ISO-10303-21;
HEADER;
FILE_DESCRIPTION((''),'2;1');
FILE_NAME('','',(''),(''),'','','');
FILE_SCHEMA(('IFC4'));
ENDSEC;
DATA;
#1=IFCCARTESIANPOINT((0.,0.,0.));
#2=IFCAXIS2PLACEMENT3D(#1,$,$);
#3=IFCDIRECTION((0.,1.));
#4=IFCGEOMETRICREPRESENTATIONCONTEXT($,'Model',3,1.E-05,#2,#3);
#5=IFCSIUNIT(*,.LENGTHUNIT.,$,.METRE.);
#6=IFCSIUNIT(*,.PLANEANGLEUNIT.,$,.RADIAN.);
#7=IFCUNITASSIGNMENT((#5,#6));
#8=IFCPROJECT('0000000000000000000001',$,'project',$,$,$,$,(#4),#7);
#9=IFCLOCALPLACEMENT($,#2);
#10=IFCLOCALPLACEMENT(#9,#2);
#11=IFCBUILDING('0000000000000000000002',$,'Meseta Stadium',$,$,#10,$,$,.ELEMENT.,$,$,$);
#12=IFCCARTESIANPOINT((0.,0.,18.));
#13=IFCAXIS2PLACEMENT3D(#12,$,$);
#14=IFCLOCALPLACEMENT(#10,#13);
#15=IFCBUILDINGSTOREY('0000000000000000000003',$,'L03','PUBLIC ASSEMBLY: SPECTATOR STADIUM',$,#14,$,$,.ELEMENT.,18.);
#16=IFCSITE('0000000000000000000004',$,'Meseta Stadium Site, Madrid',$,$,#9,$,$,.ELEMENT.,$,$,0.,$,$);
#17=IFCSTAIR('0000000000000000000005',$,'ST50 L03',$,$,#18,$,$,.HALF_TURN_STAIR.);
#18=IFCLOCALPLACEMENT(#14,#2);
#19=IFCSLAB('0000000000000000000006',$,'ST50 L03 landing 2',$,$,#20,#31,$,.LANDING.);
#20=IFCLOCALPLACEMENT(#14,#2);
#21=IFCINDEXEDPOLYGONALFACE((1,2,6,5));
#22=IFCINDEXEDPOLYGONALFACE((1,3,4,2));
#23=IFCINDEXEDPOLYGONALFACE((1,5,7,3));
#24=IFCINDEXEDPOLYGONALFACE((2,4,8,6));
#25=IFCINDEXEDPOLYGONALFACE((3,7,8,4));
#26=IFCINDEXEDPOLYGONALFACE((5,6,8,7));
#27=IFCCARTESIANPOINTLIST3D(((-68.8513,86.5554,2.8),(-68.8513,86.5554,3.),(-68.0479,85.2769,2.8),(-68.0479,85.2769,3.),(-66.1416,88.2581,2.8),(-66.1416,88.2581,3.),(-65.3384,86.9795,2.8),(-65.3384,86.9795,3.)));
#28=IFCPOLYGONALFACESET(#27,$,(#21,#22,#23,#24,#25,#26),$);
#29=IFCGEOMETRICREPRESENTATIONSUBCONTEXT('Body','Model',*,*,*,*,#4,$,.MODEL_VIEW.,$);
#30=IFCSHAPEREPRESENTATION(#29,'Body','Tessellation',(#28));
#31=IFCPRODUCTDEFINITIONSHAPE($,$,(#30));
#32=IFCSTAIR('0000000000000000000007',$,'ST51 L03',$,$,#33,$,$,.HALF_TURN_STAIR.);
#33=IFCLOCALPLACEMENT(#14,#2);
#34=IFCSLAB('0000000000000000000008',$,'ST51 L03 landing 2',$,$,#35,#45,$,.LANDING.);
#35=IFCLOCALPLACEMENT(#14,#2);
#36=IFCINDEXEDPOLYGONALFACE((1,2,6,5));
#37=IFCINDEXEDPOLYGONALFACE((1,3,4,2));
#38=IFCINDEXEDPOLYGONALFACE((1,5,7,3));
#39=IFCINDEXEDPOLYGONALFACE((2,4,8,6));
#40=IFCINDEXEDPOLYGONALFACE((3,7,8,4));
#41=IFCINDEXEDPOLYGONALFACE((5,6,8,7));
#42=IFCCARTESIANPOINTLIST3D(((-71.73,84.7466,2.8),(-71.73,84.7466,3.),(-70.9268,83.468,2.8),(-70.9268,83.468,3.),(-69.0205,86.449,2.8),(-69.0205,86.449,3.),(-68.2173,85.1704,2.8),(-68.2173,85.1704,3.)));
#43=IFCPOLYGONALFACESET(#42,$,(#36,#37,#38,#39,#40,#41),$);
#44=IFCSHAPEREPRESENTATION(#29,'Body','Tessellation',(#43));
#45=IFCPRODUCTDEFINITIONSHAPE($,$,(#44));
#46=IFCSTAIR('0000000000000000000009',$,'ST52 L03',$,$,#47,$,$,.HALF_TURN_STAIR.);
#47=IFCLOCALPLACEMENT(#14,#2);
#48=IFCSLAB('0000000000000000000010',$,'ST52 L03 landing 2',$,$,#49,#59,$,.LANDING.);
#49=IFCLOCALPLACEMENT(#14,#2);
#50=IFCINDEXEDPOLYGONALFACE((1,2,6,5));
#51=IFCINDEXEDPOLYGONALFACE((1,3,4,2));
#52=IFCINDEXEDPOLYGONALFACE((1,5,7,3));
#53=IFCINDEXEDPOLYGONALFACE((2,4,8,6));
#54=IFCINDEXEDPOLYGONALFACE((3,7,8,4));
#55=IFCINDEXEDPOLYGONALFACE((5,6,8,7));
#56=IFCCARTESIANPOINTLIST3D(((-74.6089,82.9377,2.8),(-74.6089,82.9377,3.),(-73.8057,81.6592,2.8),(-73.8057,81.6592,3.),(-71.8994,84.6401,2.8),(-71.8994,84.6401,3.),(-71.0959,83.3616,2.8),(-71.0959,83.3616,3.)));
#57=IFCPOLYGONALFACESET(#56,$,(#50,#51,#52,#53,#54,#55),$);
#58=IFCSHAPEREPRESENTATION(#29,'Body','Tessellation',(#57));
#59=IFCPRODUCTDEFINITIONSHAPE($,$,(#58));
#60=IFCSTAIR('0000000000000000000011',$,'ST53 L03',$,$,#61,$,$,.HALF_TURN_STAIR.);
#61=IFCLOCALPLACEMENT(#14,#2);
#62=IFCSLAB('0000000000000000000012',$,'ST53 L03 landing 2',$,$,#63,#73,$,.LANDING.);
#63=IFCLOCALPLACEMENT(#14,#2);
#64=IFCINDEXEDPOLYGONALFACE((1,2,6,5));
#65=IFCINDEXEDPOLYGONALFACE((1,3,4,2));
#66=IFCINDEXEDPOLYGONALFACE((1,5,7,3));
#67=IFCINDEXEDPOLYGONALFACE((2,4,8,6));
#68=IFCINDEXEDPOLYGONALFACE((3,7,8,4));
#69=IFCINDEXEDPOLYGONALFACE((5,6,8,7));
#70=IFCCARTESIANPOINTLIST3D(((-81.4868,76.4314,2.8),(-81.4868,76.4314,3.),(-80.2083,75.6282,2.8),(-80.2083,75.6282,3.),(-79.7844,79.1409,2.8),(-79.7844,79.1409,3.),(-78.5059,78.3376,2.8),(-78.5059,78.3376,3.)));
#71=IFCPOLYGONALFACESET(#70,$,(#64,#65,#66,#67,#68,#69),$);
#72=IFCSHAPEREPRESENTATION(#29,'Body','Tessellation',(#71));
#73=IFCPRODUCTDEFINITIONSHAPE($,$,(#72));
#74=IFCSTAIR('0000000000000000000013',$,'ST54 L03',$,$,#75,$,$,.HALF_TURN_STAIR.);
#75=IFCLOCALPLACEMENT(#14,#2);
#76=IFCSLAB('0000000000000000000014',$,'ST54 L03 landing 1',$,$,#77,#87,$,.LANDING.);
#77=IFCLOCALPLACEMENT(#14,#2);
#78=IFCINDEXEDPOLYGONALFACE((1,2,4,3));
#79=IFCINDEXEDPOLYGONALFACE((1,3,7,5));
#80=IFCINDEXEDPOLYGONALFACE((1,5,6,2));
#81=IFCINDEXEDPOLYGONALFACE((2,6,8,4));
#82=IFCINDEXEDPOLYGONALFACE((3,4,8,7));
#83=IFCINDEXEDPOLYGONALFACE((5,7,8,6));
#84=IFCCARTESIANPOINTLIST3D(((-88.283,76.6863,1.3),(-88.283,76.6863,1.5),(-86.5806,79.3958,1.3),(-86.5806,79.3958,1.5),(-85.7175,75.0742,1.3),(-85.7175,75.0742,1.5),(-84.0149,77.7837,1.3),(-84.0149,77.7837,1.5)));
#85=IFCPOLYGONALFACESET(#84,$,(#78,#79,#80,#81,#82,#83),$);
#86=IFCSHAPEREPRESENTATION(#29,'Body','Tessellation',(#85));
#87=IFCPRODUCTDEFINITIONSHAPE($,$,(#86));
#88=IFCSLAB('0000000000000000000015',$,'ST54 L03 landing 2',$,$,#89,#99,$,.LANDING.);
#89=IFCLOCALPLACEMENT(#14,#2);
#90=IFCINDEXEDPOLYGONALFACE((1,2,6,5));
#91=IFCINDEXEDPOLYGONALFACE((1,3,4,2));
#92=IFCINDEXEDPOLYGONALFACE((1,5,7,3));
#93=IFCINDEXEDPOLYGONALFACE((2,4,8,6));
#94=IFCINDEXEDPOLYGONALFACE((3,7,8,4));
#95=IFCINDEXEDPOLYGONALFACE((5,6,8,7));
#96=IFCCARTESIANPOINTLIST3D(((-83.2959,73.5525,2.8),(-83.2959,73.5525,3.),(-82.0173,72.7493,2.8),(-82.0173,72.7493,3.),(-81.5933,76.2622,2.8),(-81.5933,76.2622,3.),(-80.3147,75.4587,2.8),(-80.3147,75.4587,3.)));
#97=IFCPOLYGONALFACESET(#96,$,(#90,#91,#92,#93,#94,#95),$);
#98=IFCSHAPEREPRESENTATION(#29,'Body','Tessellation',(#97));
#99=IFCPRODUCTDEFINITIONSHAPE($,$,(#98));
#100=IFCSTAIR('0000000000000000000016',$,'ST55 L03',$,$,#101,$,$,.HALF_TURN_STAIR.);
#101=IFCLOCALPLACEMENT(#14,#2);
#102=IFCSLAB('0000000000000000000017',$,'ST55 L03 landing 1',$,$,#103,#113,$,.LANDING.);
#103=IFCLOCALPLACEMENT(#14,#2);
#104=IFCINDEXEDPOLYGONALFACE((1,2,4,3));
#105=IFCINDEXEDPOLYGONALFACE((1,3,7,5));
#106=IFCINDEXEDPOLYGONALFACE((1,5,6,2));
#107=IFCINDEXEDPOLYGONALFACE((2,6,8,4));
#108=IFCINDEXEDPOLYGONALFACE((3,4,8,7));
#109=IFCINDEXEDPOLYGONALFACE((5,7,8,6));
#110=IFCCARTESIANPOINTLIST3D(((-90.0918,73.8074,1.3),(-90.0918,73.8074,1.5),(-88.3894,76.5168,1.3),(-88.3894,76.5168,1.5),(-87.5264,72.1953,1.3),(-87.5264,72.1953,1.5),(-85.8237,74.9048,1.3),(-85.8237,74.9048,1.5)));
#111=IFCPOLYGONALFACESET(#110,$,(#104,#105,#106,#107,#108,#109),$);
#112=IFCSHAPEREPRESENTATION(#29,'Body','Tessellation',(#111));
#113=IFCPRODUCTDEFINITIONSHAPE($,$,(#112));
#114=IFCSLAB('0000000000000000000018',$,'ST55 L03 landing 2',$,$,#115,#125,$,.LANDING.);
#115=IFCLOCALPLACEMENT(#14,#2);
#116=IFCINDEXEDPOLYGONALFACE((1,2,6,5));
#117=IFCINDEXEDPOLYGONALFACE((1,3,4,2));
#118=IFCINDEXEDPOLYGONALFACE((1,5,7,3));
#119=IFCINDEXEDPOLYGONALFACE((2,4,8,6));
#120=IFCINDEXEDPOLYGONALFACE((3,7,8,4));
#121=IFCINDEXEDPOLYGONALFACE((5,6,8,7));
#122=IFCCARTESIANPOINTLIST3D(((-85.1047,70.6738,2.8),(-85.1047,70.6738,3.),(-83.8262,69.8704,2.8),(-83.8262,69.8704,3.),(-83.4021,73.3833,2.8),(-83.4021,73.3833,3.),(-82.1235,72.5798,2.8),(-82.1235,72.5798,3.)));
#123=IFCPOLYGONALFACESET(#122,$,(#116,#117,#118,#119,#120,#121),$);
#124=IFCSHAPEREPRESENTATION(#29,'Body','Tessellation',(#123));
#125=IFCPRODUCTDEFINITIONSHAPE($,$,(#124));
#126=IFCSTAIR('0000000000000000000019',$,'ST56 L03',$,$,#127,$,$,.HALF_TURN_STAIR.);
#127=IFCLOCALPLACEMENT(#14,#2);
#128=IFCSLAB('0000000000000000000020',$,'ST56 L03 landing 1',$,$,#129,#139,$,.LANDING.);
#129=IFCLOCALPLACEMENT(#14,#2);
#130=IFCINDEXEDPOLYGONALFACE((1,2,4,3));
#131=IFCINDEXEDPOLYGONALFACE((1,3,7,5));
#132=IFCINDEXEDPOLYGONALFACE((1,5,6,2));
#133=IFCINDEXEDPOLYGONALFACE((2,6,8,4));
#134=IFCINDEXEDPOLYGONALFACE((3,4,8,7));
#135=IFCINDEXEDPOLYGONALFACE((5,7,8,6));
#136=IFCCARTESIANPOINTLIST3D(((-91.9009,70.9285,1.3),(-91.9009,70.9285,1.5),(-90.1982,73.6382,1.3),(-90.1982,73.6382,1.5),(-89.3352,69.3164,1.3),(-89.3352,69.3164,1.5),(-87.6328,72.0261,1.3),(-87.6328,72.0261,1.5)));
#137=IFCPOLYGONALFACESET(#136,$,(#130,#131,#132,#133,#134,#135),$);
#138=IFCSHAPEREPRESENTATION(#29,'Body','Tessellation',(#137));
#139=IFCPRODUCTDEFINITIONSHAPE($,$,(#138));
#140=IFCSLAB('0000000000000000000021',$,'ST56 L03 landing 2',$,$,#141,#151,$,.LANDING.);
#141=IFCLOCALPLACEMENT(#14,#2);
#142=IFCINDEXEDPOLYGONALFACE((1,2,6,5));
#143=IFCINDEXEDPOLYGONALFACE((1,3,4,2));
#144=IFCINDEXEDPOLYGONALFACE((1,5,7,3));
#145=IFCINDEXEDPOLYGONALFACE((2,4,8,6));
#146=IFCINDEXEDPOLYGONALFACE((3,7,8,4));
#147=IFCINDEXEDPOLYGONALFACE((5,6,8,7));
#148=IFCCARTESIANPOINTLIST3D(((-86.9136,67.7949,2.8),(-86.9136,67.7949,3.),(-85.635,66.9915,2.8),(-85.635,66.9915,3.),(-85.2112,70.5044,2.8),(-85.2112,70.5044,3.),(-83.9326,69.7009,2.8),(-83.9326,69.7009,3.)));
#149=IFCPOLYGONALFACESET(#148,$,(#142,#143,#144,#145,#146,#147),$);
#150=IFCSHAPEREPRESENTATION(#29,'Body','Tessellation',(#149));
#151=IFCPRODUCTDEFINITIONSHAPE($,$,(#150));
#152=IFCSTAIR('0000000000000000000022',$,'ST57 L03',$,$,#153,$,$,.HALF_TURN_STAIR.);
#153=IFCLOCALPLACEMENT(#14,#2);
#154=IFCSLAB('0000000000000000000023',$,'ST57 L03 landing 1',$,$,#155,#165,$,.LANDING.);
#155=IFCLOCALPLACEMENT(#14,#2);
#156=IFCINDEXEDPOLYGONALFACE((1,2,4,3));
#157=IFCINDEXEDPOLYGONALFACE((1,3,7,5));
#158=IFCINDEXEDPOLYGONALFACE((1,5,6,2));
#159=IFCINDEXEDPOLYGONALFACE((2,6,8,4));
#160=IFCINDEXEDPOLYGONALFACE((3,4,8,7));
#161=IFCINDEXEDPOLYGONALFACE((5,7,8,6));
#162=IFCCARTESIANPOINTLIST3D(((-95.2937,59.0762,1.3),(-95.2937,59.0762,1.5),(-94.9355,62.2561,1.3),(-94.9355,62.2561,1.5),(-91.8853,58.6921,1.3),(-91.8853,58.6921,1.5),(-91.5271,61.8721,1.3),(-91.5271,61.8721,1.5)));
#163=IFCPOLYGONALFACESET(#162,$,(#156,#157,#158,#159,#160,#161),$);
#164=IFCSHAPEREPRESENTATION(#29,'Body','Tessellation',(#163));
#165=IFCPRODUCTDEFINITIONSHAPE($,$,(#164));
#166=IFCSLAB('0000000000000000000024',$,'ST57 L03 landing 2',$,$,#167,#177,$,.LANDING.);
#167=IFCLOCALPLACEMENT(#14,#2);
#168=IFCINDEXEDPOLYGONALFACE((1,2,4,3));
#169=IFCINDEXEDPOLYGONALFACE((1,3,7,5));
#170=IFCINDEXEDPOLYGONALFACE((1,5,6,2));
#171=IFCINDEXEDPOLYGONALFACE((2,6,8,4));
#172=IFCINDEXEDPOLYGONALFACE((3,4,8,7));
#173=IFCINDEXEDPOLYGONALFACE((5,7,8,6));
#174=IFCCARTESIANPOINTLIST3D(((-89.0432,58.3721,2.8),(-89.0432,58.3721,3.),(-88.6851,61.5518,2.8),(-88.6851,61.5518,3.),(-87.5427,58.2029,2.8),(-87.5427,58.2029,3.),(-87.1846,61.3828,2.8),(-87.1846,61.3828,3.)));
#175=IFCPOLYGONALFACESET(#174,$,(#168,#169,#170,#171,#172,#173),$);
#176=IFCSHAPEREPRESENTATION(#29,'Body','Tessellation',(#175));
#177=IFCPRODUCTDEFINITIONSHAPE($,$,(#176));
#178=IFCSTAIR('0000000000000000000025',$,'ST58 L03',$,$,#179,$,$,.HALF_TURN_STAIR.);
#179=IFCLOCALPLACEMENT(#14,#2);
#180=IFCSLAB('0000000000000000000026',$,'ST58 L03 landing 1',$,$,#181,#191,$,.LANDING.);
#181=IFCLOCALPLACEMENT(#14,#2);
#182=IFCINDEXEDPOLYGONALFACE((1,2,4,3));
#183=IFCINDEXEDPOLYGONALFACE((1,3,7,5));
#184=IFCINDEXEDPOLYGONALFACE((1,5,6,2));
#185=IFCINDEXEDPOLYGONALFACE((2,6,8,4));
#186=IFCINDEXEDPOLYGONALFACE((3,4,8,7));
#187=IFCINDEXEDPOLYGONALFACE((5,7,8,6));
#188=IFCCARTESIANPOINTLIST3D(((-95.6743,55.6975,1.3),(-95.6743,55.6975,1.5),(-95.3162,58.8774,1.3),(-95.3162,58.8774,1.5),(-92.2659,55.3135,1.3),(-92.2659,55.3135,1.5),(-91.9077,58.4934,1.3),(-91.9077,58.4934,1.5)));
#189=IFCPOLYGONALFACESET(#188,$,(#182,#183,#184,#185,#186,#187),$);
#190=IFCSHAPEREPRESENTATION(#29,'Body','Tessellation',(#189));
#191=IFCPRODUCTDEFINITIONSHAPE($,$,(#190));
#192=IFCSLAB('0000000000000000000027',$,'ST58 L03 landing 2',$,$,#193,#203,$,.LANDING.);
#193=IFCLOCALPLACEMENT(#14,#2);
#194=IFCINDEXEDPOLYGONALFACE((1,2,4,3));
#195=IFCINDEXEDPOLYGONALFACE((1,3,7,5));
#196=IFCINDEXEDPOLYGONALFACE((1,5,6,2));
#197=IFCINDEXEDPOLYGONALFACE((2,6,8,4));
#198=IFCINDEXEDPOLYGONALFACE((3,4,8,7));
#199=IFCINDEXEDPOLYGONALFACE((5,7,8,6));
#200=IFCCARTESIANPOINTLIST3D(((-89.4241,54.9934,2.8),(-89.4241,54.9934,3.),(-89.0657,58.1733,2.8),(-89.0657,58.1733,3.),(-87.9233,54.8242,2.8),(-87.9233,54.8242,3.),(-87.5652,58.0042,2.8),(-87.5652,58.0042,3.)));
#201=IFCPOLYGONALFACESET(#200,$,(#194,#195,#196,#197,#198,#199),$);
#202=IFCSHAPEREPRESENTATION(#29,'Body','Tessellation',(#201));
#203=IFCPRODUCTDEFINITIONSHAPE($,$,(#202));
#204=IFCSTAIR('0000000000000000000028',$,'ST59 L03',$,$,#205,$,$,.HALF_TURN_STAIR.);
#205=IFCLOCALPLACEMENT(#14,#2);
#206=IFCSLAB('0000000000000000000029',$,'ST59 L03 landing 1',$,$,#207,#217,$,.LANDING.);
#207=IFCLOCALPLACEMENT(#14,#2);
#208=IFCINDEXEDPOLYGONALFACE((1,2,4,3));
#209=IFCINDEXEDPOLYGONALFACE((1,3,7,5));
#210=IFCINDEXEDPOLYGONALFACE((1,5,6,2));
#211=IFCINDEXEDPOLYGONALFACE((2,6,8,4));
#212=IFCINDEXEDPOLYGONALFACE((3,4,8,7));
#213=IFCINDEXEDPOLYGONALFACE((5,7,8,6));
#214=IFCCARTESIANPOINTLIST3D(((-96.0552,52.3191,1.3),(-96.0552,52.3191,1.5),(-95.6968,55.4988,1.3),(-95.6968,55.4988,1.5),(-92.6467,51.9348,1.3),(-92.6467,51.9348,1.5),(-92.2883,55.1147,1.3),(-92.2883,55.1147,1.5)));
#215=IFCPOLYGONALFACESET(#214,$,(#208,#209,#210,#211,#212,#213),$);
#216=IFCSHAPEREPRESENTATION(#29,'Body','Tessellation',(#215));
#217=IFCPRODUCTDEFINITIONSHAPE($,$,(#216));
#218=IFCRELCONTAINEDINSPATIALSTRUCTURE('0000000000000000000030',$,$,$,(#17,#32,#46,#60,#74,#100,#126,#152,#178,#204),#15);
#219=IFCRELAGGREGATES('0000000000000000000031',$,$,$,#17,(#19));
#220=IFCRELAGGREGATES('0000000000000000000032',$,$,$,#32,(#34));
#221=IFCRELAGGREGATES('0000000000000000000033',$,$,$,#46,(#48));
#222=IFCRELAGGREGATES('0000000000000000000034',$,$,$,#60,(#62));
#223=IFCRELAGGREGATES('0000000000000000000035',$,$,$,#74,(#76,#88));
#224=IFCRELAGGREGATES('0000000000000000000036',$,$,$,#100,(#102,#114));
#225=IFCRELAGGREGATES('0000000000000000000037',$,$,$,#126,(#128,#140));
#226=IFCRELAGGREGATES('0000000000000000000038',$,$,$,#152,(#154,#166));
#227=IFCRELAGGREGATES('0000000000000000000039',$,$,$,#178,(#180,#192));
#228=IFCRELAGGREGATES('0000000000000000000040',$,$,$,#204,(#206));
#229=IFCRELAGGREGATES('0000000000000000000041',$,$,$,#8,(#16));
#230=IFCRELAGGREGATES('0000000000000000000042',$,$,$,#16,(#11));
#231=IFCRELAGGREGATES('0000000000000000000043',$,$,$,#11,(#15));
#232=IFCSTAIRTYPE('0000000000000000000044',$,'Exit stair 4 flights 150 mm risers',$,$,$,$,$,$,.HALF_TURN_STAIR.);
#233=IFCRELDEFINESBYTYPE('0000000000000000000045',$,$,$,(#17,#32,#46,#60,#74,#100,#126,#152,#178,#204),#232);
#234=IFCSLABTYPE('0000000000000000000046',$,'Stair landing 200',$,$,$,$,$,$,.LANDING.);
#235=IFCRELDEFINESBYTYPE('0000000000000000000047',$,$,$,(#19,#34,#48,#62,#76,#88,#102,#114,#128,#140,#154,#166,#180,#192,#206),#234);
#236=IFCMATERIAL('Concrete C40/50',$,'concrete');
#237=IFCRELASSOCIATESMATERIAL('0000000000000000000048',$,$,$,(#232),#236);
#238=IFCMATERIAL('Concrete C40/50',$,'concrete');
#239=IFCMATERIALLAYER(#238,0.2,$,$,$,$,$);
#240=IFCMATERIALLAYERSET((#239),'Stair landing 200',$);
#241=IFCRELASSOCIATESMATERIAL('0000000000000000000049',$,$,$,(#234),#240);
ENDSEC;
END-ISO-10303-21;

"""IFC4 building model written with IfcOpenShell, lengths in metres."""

from ifc_helpers import new_model, si_unit, direction, frame, origin, place, context, subcontext, project, spatial, polyline, outline, extrude, material, layer, layer_set, type_object, element, aggregate, save


model = new_model("IFC4")

# Units and contexts
model_context = context("Model", 3, precision=1e-05, world=origin(), true_north=direction((0.0, 1.0)))
body_context = subcontext(model_context, "Body", "Model", "MODEL_VIEW")
ifc_project = project(units=[si_unit("LENGTHUNIT", "METRE"), si_unit("PLANEANGLEUNIT", "RADIAN")], contexts=[model_context])

# Site, building, storey
site_placement = place(None, origin())
site = spatial("IfcSite", under=ifc_project, at=site_placement, Name="Meseta Stadium Site, Madrid", CompositionType="ELEMENT", RefElevation=0.0)
building_placement = place(site_placement, origin())
building = spatial("IfcBuilding", under=site, at=building_placement, Name="Meseta Stadium", CompositionType="ELEMENT")
storey_placement = place(building_placement, frame((0.0, 0.0, 18.0)))
storey = spatial("IfcBuildingStorey", under=building, at=storey_placement, Name="L03", Description="PUBLIC ASSEMBLY: SPECTATOR STADIUM", CompositionType="ELEMENT", Elevation=18.0)

# Stairs, slabs
ifc_material_1 = material(Name="Concrete C40/50", Category="concrete")
stair_type = type_object("IfcStairType", Name="Exit stair 4 flights 150 mm risers", PredefinedType="HALF_TURN_STAIR", material=ifc_material_1)
stair_1_placement = place(storey_placement, origin())
stair_1 = element("IfcStair", 1, at=stair_1_placement, inside=storey, type_object=stair_type, Name="ST50 L03", PredefinedType="HALF_TURN_STAIR")
ifc_material_2 = material(Name="Concrete C40/50", Category="concrete")
ifc_layer = layer(ifc_material_2, 0.2)
ifc_layer_set = layer_set([ifc_layer], Name="Stair landing 200")
slab_type = type_object("IfcSlabType", Name="Stair landing 200", PredefinedType="LANDING", material=ifc_layer_set)
slab_1_placement = place(storey_placement, frame((0.0, 0.0, 2.8)))
slab_1 = element("IfcSlab", 2, at=slab_1_placement, type_object=slab_type, Name="ST50 L03 landing 2", PredefinedType="LANDING", context=body_context, shape_type="SweptSolid", body=[
    extrude(outline(polyline([(-65.3384, 86.9795), (-66.1416, 88.2581), (-68.8513, 86.5554), (-68.0479, 85.2769), (-65.3384, 86.9795)])), origin(), (0.0, 0.0, 1.0), 0.2),
])
aggregate(stair_1, [slab_1])
stair_2_placement = place(storey_placement, origin())
stair_2 = element("IfcStair", 3, at=stair_2_placement, inside=storey, type_object=stair_type, Name="ST51 L03", PredefinedType="HALF_TURN_STAIR")
slab_2_placement = place(storey_placement, frame((0.0, 0.0, 2.8)))
slab_2 = element("IfcSlab", 4, at=slab_2_placement, type_object=slab_type, Name="ST51 L03 landing 2", PredefinedType="LANDING", context=body_context, shape_type="SweptSolid", body=[
    extrude(outline(polyline([(-68.2173, 85.1704), (-69.0205, 86.449), (-71.73, 84.7466), (-70.9268, 83.468), (-68.2173, 85.1704)])), origin(), (0.0, 0.0, 1.0), 0.2),
])
aggregate(stair_2, [slab_2])
stair_3_placement = place(storey_placement, origin())
stair_3 = element("IfcStair", 5, at=stair_3_placement, inside=storey, type_object=stair_type, Name="ST52 L03", PredefinedType="HALF_TURN_STAIR")
slab_3_placement = place(storey_placement, frame((0.0, 0.0, 2.8)))
slab_3 = element("IfcSlab", 6, at=slab_3_placement, type_object=slab_type, Name="ST52 L03 landing 2", PredefinedType="LANDING", context=body_context, shape_type="SweptSolid", body=[
    extrude(outline(polyline([(-71.0959, 83.3616), (-71.8994, 84.6401), (-74.6089, 82.9377), (-73.8057, 81.6592), (-71.0959, 83.3616)])), origin(), (0.0, 0.0, 1.0), 0.2),
])
aggregate(stair_3, [slab_3])
stair_4_placement = place(storey_placement, origin())
stair_4 = element("IfcStair", 7, at=stair_4_placement, inside=storey, type_object=stair_type, Name="ST53 L03", PredefinedType="HALF_TURN_STAIR")
slab_4_placement = place(storey_placement, frame((0.0, 0.0, 2.8)))
slab_4 = element("IfcSlab", 8, at=slab_4_placement, type_object=slab_type, Name="ST53 L03 landing 2", PredefinedType="LANDING", context=body_context, shape_type="SweptSolid", body=[
    extrude(outline(polyline([(-78.5059, 78.3376), (-79.7844, 79.1409), (-81.4868, 76.4314), (-80.2083, 75.6282), (-78.5059, 78.3376)])), origin(), (0.0, 0.0, 1.0), 0.2),
])
aggregate(stair_4, [slab_4])

# Stairs, slabs
stair_5_placement = place(storey_placement, origin())
stair_5 = element("IfcStair", 9, at=stair_5_placement, inside=storey, type_object=stair_type, Name="ST54 L03", PredefinedType="HALF_TURN_STAIR")
slab_5_placement = place(storey_placement, frame((0.0, 0.0, 1.3)))
slab_5 = element("IfcSlab", 10, at=slab_5_placement, type_object=slab_type, Name="ST54 L03 landing 1", PredefinedType="LANDING", context=body_context, shape_type="SweptSolid", body=[
    extrude(outline(polyline([(-84.0149, 77.7837), (-86.5806, 79.3958), (-88.283, 76.6863), (-85.7175, 75.0742), (-84.0149, 77.7837)])), origin(), (0.0, 0.0, 1.0), 0.2),
])
slab_6_placement = place(storey_placement, frame((0.0, 0.0, 2.8)))
slab_6 = element("IfcSlab", 11, at=slab_6_placement, type_object=slab_type, Name="ST54 L03 landing 2", PredefinedType="LANDING", context=body_context, shape_type="SweptSolid", body=[
    extrude(outline(polyline([(-80.3147, 75.4587), (-81.5933, 76.2622), (-83.2959, 73.5525), (-82.0173, 72.7493), (-80.3147, 75.4587)])), origin(), (0.0, 0.0, 1.0), 0.2),
])
aggregate(stair_5, [slab_5, slab_6])
stair_6_placement = place(storey_placement, origin())
stair_6 = element("IfcStair", 12, at=stair_6_placement, inside=storey, type_object=stair_type, Name="ST55 L03", PredefinedType="HALF_TURN_STAIR")
slab_7_placement = place(storey_placement, frame((0.0, 0.0, 1.3)))
slab_7 = element("IfcSlab", 13, at=slab_7_placement, type_object=slab_type, Name="ST55 L03 landing 1", PredefinedType="LANDING", context=body_context, shape_type="SweptSolid", body=[
    extrude(outline(polyline([(-85.8237, 74.9048), (-88.3894, 76.5168), (-90.0918, 73.8074), (-87.5264, 72.1953), (-85.8237, 74.9048)])), origin(), (0.0, 0.0, 1.0), 0.2),
])
slab_8_placement = place(storey_placement, frame((0.0, 0.0, 2.8)))
slab_8 = element("IfcSlab", 14, at=slab_8_placement, type_object=slab_type, Name="ST55 L03 landing 2", PredefinedType="LANDING", context=body_context, shape_type="SweptSolid", body=[
    extrude(outline(polyline([(-82.1235, 72.5798), (-83.4021, 73.3833), (-85.1047, 70.6738), (-83.8262, 69.8704), (-82.1235, 72.5798)])), origin(), (0.0, 0.0, 1.0), 0.2),
])
aggregate(stair_6, [slab_7, slab_8])
stair_7_placement = place(storey_placement, origin())
stair_7 = element("IfcStair", 15, at=stair_7_placement, inside=storey, type_object=stair_type, Name="ST56 L03", PredefinedType="HALF_TURN_STAIR")
slab_9_placement = place(storey_placement, frame((0.0, 0.0, 1.3)))
slab_9 = element("IfcSlab", 16, at=slab_9_placement, type_object=slab_type, Name="ST56 L03 landing 1", PredefinedType="LANDING", context=body_context, shape_type="SweptSolid", body=[
    extrude(outline(polyline([(-87.6328, 72.0261), (-90.1982, 73.6382), (-91.9009, 70.9285), (-89.3352, 69.3164), (-87.6328, 72.0261)])), origin(), (0.0, 0.0, 1.0), 0.2),
])
slab_10_placement = place(storey_placement, frame((0.0, 0.0, 2.8)))
slab_10 = element("IfcSlab", 17, at=slab_10_placement, type_object=slab_type, Name="ST56 L03 landing 2", PredefinedType="LANDING", context=body_context, shape_type="SweptSolid", body=[
    extrude(outline(polyline([(-83.9326, 69.7009), (-85.2112, 70.5044), (-86.9136, 67.7949), (-85.635, 66.9915), (-83.9326, 69.7009)])), origin(), (0.0, 0.0, 1.0), 0.2),
])
aggregate(stair_7, [slab_9, slab_10])
stair_8_placement = place(storey_placement, origin())
stair_8 = element("IfcStair", 18, at=stair_8_placement, inside=storey, type_object=stair_type, Name="ST57 L03", PredefinedType="HALF_TURN_STAIR")
slab_11_placement = place(storey_placement, frame((0.0, 0.0, 1.3)))
slab_11 = element("IfcSlab", 19, at=slab_11_placement, type_object=slab_type, Name="ST57 L03 landing 1", PredefinedType="LANDING", context=body_context, shape_type="SweptSolid", body=[
    extrude(outline(polyline([(-91.5271, 61.8721), (-94.9355, 62.2561), (-95.2937, 59.0762), (-91.8853, 58.6921), (-91.5271, 61.8721)])), origin(), (0.0, 0.0, 1.0), 0.2),
])
slab_12_placement = place(storey_placement, frame((0.0, 0.0, 2.8)))
slab_12 = element("IfcSlab", 20, at=slab_12_placement, type_object=slab_type, Name="ST57 L03 landing 2", PredefinedType="LANDING", context=body_context, shape_type="SweptSolid", body=[
    extrude(outline(polyline([(-87.1846, 61.3828), (-88.6851, 61.5518), (-89.0432, 58.3721), (-87.5427, 58.2029), (-87.1846, 61.3828)])), origin(), (0.0, 0.0, 1.0), 0.2),
])
aggregate(stair_8, [slab_11, slab_12])
stair_9_placement = place(storey_placement, origin())
stair_9 = element("IfcStair", 21, at=stair_9_placement, inside=storey, type_object=stair_type, Name="ST58 L03", PredefinedType="HALF_TURN_STAIR")
slab_13_placement = place(storey_placement, frame((0.0, 0.0, 1.3)))
slab_13 = element("IfcSlab", 22, at=slab_13_placement, type_object=slab_type, Name="ST58 L03 landing 1", PredefinedType="LANDING", context=body_context, shape_type="SweptSolid", body=[
    extrude(outline(polyline([(-91.9077, 58.4934), (-95.3162, 58.8774), (-95.6743, 55.6975), (-92.2659, 55.3135), (-91.9077, 58.4934)])), origin(), (0.0, 0.0, 1.0), 0.2),
])
slab_14_placement = place(storey_placement, frame((0.0, 0.0, 2.8)))
slab_14 = element("IfcSlab", 23, at=slab_14_placement, type_object=slab_type, Name="ST58 L03 landing 2", PredefinedType="LANDING", context=body_context, shape_type="SweptSolid", body=[
    extrude(outline(polyline([(-87.5652, 58.0042), (-89.0657, 58.1733), (-89.4241, 54.9934), (-87.9233, 54.8242), (-87.5652, 58.0042)])), origin(), (0.0, 0.0, 1.0), 0.2),
])
aggregate(stair_9, [slab_13, slab_14])

# Stair, slab
stair_10_placement = place(storey_placement, origin())
stair_10 = element("IfcStair", 24, at=stair_10_placement, inside=storey, type_object=stair_type, Name="ST59 L03", PredefinedType="HALF_TURN_STAIR")
slab_15_placement = place(storey_placement, frame((0.0, 0.0, 1.3)))
slab_15 = element("IfcSlab", 25, at=slab_15_placement, type_object=slab_type, Name="ST59 L03 landing 1", PredefinedType="LANDING", context=body_context, shape_type="SweptSolid", body=[
    extrude(outline(polyline([(-92.2883, 55.1147), (-95.6968, 55.4988), (-96.0552, 52.3191), (-92.6467, 51.9348), (-92.2883, 55.1147)])), origin(), (0.0, 0.0, 1.0), 0.2),
])
aggregate(stair_10, [slab_15])

save(model, "model.ifc")
